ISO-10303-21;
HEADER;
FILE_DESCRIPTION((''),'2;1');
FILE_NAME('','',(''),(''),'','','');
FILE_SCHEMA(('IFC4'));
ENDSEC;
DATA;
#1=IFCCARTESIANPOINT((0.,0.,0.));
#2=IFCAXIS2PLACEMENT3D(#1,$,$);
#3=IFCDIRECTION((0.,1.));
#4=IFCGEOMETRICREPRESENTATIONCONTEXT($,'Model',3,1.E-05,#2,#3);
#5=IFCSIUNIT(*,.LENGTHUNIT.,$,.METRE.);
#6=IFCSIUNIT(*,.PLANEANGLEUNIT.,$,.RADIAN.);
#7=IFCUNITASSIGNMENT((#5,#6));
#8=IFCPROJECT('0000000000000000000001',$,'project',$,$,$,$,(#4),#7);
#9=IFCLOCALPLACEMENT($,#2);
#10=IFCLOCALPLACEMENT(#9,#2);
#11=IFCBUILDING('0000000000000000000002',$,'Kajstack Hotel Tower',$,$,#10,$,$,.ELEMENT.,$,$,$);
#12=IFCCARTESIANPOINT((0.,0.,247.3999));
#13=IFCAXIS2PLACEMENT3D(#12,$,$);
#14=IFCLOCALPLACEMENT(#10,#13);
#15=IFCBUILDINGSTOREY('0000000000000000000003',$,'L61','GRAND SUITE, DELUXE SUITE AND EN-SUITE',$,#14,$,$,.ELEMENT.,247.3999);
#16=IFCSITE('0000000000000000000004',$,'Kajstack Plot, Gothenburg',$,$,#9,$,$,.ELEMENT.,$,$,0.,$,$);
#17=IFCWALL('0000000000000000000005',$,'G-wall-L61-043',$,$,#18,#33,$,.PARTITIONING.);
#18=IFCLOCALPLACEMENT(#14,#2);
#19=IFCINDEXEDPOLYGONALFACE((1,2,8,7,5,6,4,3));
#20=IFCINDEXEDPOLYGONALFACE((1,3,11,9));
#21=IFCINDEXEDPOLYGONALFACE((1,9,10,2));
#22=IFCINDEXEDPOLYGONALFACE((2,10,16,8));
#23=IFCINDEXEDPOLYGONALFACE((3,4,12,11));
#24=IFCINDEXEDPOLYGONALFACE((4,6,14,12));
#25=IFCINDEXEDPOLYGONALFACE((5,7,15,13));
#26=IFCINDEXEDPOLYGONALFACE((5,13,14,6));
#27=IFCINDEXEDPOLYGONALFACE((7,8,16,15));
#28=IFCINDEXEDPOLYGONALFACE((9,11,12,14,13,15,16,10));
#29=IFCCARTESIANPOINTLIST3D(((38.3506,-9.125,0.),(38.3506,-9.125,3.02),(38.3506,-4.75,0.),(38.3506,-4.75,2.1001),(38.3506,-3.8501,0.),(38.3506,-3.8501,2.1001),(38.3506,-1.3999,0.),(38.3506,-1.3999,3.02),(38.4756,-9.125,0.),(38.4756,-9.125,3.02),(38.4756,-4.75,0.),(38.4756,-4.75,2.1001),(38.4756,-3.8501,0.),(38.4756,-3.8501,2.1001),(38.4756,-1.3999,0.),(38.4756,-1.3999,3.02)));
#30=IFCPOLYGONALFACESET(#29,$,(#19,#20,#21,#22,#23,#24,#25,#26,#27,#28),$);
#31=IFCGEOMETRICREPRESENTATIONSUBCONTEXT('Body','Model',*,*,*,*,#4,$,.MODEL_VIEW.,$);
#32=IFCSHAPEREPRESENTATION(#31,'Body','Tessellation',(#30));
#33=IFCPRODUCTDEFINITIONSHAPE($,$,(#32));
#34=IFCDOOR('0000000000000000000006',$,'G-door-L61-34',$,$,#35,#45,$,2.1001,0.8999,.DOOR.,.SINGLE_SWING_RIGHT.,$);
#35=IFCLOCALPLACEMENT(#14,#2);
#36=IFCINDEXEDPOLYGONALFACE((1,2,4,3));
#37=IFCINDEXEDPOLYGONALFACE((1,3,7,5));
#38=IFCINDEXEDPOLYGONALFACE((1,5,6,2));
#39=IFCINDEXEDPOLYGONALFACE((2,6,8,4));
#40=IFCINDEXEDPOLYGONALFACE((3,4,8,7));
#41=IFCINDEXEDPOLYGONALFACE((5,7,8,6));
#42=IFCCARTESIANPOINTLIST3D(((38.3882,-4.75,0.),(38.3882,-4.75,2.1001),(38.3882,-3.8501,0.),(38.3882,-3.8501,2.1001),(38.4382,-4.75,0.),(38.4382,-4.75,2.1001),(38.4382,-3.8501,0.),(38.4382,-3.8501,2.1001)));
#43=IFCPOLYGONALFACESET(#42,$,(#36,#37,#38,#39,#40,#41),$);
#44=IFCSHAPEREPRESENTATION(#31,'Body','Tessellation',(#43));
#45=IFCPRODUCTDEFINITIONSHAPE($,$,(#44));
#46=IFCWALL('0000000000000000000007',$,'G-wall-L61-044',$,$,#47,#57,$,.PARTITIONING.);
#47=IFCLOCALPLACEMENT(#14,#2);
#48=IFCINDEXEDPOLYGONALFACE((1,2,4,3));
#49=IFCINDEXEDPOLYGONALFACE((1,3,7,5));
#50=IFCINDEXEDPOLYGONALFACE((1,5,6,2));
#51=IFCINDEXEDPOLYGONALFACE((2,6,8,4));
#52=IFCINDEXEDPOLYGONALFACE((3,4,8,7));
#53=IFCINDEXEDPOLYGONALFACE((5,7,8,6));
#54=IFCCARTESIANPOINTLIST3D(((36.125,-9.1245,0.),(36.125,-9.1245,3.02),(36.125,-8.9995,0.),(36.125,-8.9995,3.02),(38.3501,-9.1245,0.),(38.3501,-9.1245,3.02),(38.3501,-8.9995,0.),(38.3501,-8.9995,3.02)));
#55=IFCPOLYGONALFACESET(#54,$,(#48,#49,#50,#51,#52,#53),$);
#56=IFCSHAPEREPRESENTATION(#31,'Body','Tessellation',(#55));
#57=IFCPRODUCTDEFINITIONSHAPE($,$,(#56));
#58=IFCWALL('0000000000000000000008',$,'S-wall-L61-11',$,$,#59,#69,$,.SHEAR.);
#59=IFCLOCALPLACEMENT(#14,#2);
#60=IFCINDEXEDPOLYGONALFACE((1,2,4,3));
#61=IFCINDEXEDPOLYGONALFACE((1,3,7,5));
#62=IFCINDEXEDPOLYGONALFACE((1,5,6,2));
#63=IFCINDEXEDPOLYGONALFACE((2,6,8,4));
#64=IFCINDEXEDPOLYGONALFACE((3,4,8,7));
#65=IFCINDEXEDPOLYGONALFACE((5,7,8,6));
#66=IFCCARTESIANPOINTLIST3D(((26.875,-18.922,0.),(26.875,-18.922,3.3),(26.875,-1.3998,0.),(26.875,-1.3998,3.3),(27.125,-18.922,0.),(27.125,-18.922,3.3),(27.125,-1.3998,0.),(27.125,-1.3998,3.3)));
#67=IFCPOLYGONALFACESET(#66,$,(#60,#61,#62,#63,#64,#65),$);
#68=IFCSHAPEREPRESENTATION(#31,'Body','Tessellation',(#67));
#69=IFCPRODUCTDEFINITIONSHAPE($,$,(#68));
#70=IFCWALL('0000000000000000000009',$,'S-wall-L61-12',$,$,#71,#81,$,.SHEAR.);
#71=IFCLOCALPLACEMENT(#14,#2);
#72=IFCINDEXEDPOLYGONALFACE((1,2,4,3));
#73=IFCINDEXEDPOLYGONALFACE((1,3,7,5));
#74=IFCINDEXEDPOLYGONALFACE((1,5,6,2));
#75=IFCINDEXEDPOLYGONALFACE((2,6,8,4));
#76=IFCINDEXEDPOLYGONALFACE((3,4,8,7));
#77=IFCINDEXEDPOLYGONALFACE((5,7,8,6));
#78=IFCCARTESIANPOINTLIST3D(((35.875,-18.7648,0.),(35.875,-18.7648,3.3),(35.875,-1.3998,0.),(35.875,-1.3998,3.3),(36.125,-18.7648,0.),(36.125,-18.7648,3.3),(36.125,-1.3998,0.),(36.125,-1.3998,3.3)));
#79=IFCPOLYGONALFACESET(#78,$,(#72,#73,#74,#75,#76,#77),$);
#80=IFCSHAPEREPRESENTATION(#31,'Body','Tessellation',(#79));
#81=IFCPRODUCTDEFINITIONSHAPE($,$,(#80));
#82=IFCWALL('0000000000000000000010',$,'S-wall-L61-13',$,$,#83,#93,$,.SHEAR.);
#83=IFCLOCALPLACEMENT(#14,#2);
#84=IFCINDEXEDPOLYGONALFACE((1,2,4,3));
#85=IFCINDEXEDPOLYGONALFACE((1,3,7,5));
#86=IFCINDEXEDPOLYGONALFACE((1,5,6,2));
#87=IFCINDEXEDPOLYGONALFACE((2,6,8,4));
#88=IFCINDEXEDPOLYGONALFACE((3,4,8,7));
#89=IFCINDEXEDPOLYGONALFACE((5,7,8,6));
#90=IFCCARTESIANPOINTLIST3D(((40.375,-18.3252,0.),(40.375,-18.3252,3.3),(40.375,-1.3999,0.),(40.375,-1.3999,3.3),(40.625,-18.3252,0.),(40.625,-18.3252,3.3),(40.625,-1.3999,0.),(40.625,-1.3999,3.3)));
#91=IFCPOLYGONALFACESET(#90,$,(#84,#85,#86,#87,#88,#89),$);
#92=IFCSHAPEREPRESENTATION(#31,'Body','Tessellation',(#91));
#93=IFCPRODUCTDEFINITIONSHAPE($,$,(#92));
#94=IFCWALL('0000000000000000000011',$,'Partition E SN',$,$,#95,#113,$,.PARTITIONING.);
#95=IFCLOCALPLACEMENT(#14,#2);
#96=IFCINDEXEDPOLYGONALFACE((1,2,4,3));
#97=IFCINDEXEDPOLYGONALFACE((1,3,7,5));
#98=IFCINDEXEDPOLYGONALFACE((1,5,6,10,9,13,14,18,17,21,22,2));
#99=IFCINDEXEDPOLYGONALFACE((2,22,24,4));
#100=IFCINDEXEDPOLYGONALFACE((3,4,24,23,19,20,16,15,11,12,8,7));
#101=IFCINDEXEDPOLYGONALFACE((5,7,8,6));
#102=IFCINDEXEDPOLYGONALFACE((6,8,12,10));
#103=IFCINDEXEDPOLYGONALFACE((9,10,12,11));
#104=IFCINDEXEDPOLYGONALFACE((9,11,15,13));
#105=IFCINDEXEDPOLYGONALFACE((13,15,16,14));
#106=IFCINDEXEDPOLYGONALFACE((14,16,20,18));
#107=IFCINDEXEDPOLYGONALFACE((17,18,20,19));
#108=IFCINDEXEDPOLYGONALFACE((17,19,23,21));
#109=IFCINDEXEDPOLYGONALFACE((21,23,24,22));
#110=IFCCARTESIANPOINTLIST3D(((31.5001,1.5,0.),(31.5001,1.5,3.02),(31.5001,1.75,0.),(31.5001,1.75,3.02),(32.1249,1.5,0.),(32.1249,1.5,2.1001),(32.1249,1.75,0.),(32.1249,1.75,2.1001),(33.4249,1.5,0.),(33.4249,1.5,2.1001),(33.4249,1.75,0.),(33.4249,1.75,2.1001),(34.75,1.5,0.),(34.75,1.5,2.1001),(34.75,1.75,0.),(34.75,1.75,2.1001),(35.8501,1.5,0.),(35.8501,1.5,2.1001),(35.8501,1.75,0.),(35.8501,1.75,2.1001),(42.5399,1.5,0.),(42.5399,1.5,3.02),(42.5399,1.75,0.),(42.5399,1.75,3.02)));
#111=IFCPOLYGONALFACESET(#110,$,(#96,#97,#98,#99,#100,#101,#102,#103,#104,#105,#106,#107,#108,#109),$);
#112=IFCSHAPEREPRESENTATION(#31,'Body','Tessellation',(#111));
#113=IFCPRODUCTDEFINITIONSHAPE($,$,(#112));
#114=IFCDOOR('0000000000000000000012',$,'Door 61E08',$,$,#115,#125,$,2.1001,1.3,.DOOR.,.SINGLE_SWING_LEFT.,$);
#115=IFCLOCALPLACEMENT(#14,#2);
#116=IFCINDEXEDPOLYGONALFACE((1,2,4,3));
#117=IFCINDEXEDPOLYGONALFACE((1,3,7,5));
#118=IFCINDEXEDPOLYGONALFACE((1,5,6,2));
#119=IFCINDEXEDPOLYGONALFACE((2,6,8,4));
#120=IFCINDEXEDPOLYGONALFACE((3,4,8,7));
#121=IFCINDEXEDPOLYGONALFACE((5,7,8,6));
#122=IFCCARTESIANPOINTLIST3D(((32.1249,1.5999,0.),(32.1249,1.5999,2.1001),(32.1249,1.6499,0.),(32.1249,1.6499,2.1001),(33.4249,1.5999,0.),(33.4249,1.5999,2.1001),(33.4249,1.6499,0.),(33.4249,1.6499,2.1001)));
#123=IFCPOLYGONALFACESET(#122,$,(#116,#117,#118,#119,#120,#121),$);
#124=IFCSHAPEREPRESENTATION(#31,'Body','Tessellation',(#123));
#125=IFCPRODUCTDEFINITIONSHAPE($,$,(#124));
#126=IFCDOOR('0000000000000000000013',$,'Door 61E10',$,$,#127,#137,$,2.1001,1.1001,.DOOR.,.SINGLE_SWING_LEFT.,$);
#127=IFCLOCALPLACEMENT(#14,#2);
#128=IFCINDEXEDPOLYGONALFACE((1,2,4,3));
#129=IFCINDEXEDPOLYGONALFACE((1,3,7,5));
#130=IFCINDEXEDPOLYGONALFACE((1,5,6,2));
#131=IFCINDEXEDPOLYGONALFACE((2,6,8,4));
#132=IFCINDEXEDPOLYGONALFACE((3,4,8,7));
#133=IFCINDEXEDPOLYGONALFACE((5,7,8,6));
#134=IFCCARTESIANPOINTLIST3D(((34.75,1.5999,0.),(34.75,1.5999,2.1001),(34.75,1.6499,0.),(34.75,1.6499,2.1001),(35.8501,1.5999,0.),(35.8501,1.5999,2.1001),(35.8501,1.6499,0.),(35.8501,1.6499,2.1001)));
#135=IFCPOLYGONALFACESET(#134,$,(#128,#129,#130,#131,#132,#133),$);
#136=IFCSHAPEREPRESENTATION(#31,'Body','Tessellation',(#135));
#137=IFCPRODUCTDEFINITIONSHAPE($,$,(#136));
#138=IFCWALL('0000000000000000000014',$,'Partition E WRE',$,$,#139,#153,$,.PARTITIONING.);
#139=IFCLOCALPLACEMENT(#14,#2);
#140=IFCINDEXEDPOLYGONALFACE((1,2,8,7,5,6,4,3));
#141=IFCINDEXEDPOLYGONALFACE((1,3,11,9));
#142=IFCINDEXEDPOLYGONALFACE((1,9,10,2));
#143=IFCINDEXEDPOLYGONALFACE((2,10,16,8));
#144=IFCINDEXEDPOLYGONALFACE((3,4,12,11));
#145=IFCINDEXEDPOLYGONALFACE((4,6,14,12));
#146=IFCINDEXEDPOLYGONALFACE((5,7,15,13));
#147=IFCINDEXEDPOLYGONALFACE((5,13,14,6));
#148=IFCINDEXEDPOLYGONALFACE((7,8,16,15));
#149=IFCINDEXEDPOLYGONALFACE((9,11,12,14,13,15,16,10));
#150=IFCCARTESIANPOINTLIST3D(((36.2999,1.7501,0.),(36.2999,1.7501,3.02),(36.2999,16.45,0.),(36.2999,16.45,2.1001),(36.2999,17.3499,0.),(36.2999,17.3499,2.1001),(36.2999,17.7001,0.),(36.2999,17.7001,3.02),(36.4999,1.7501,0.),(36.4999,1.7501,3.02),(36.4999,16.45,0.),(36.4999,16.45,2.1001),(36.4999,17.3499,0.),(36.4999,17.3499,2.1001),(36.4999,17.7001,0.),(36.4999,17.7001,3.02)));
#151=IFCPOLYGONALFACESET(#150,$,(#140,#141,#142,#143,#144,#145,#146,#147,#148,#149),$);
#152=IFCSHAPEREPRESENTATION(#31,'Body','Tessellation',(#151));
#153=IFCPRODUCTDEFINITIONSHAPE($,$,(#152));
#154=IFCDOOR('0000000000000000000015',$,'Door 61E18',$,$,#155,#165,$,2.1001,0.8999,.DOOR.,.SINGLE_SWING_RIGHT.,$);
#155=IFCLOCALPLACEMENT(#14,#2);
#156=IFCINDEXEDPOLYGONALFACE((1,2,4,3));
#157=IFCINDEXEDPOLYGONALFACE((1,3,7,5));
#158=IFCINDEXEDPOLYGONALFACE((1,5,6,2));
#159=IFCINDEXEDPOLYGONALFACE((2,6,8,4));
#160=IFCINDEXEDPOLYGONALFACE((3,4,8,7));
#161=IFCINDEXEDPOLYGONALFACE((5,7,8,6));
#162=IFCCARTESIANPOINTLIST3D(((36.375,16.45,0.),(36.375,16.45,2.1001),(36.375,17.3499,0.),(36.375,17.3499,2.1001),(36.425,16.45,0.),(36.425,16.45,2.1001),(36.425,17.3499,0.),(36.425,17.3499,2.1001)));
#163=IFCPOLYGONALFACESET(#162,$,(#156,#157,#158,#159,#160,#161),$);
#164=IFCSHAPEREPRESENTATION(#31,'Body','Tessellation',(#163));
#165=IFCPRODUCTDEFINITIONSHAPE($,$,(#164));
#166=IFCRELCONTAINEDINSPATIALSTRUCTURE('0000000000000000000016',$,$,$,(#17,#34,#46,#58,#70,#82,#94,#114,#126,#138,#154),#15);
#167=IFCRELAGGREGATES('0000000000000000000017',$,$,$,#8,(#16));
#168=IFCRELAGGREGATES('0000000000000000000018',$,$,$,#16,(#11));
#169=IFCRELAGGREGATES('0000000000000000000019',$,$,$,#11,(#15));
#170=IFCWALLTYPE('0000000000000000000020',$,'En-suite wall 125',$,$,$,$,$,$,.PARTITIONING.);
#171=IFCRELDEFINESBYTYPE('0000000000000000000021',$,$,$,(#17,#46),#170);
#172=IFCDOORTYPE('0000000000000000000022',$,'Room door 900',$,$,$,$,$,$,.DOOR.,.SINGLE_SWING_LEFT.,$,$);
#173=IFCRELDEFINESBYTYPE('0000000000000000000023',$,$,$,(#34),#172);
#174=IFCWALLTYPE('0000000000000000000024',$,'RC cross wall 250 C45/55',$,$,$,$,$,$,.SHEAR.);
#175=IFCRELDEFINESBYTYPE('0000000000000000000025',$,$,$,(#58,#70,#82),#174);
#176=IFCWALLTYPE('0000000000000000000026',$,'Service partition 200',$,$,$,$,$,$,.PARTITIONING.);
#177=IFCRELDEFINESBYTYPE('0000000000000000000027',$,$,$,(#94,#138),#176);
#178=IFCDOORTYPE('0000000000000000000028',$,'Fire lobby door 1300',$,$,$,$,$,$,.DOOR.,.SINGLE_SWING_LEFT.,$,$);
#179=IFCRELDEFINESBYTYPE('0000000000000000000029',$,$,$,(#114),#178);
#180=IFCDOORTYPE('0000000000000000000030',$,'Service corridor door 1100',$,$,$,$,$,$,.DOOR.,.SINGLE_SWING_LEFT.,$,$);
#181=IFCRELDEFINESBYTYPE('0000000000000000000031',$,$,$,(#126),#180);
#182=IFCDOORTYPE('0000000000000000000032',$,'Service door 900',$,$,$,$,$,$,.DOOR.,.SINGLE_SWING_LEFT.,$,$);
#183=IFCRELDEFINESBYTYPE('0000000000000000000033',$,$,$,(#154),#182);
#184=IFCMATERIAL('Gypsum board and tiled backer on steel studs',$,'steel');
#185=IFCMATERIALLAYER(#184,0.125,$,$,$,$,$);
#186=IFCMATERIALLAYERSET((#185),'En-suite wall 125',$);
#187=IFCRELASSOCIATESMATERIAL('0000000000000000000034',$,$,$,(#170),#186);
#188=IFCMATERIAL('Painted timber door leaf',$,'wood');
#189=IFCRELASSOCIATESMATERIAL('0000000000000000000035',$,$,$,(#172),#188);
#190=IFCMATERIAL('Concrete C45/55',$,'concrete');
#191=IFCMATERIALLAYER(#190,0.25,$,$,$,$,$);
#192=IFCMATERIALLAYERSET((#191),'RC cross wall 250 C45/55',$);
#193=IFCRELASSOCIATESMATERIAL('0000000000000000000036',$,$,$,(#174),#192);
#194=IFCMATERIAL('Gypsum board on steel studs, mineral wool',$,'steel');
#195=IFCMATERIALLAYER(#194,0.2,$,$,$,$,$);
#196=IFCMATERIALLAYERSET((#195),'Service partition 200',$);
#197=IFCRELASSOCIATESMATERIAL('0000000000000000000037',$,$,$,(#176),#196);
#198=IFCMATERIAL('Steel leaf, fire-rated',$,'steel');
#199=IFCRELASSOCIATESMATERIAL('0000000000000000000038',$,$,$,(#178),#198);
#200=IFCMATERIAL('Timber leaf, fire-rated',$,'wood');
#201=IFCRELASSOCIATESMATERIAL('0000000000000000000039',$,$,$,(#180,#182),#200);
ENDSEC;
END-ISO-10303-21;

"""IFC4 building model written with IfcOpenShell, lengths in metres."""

from ifc_helpers import new_model, si_unit, direction, frame, frame_2d, origin, place, context, subcontext, project, spatial, rectangle, extrude, material, layer, layer_set, type_object, element, fill, save


model = new_model("IFC4")

# Units and contexts
model_context = context("Model", 3, precision=1e-05, world=origin(), true_north=direction((0.0, 1.0)))
body_context = subcontext(model_context, "Body", "Model", "MODEL_VIEW")
ifc_project = project(units=[si_unit("LENGTHUNIT", "METRE"), si_unit("PLANEANGLEUNIT", "RADIAN")], contexts=[model_context])

# Site, building, storey
site_placement = place(None, origin())
site = spatial("IfcSite", under=ifc_project, at=site_placement, Name="Kajstack Plot, Gothenburg", CompositionType="ELEMENT", RefElevation=0.0)
building_placement = place(site_placement, origin())
building = spatial("IfcBuilding", under=site, at=building_placement, Name="Kajstack Hotel Tower", CompositionType="ELEMENT")
storey_placement = place(building_placement, frame((0.0, 0.0, 247.3999)))
storey = spatial("IfcBuildingStorey", under=building, at=storey_placement, Name="L61", Description="GRAND SUITE, DELUXE SUITE AND EN-SUITE", CompositionType="ELEMENT", Elevation=247.3999)

# Shared definitions
ifc_material_1 = material(Name="Gypsum board and tiled backer on steel studs", Category="steel")
ifc_layer_1 = layer(ifc_material_1, 0.125)
ifc_layer_set_1 = layer_set([ifc_layer_1], Name="En-suite wall 125")
wall_type_1 = type_object("IfcWallType", Name="En-suite wall 125", PredefinedType="PARTITIONING", material=ifc_layer_set_1)
ifc_material_2 = material(Name="Painted timber door leaf", Category="wood")
door_type_1 = type_object("IfcDoorType", Name="Room door 900", OperationType="SINGLE_SWING_LEFT", PredefinedType="DOOR", material=ifc_material_2)

# Wall, opening, door
wall_1_placement = place(storey_placement, frame((38.4131, -9.125, 0.0), z_axis=(0.0, 0.0, 1.0), x_axis=(0.0, 1.0, 0.0)))
wall_1 = element("IfcWall", 1, at=wall_1_placement, inside=storey, type_object=wall_type_1, Name="G-wall-L61-043", PredefinedType="PARTITIONING", context=body_context, shape_type="SweptSolid", body=[
    extrude(rectangle(XDim=7.7251, YDim=0.125, at=frame_2d((3.8625, 0.0))), origin(), (0.0, 0.0, 1.0), 3.02),
])
opening_1_placement = place(wall_1_placement, frame((4.375, 0.0, 0.0)))
opening_1 = element("IfcOpeningElement", 2, at=opening_1_placement, cuts=wall_1, PredefinedType="OPENING", context=body_context, shape_type="SweptSolid", body=[
    extrude(rectangle(XDim=0.8999, YDim=2.1001, at=frame_2d((0.45, 1.05))), frame((0.0, 0.0725, 0.0), z_axis=(0.0, -1.0, 0.0), x_axis=(1.0, 0.0, 0.0)), (0.0, 0.0, 1.0), 0.145),
])
door_1_placement = place(opening_1_placement, origin())
door_1 = element("IfcDoor", 3, at=door_1_placement, inside=storey, type_object=door_type_1, Name="G-door-L61-34", OperationType="SINGLE_SWING_RIGHT", OverallHeight=2.1001, OverallWidth=0.8999, PredefinedType="DOOR", context=body_context, shape_type="SweptSolid", body=[
    extrude(rectangle(XDim=0.8999, YDim=2.1001, at=frame_2d((0.45, 1.05))), frame((0.0, 0.0249, 0.0), z_axis=(0.0, -1.0, 0.0), x_axis=(1.0, 0.0, 0.0)), (0.0, 0.0, 1.0), 0.05),
])
fill(opening_1, door_1)

# Walls
wall_2_placement = place(storey_placement, frame((36.125, -9.062, 0.0), z_axis=(0.0, 0.0, 1.0), x_axis=(1.0, 0.0, 0.0)))
element("IfcWall", 4, at=wall_2_placement, inside=storey, type_object=wall_type_1, Name="G-wall-L61-044", PredefinedType="PARTITIONING", context=body_context, shape_type="SweptSolid", body=[
    extrude(rectangle(XDim=2.2251, YDim=0.125, at=frame_2d((1.1125, 0.0))), origin(), (0.0, 0.0, 1.0), 3.02),
])
ifc_material_3 = material(Name="Concrete C45/55", Category="concrete")
ifc_layer_2 = layer(ifc_material_3, 0.25)
ifc_layer_set_2 = layer_set([ifc_layer_2], Name="RC cross wall 250 C45/55")
wall_type_2 = type_object("IfcWallType", Name="RC cross wall 250 C45/55", PredefinedType="SHEAR", material=ifc_layer_set_2)
wall_3_placement = place(storey_placement, frame((27.0, -18.9221, 0.0), z_axis=(0.0, 0.0, 1.0), x_axis=(0.0, 1.0, 0.0)))
element("IfcWall", 5, at=wall_3_placement, inside=storey, type_object=wall_type_2, Name="S-wall-L61-11", PredefinedType="SHEAR", context=body_context, shape_type="SweptSolid", body=[
    extrude(rectangle(XDim=17.5222, YDim=0.25, at=frame_2d((8.7612, 0.0))), origin(), (0.0, 0.0, 1.0), 3.3),
])
wall_4_placement = place(storey_placement, frame((36.0, -18.7649, 0.0), z_axis=(0.0, 0.0, 1.0), x_axis=(0.0, 1.0, 0.0)))
element("IfcWall", 6, at=wall_4_placement, inside=storey, type_object=wall_type_2, Name="S-wall-L61-12", PredefinedType="SHEAR", context=body_context, shape_type="SweptSolid", body=[
    extrude(rectangle(XDim=17.365, YDim=0.25, at=frame_2d((8.6826, 0.0))), origin(), (0.0, 0.0, 1.0), 3.3),
])
wall_5_placement = place(storey_placement, frame((40.5, -18.3252, 0.0), z_axis=(0.0, 0.0, 1.0), x_axis=(0.0, 1.0, 0.0)))
element("IfcWall", 7, at=wall_5_placement, inside=storey, type_object=wall_type_2, Name="S-wall-L61-13", PredefinedType="SHEAR", context=body_context, shape_type="SweptSolid", body=[
    extrude(rectangle(XDim=16.9253, YDim=0.25, at=frame_2d((8.4626, 0.0))), origin(), (0.0, 0.0, 1.0), 3.3),
])

# Wall, openings, doors
ifc_material_4 = material(Name="Gypsum board on steel studs, mineral wool", Category="steel")
ifc_layer_3 = layer(ifc_material_4, 0.2)
ifc_layer_set_3 = layer_set([ifc_layer_3], Name="Service partition 200")
wall_type_3 = type_object("IfcWallType", Name="Service partition 200", PredefinedType="PARTITIONING", material=ifc_layer_set_3)
wall_6_placement = place(storey_placement, frame((31.5, 1.625, 0.0), z_axis=(0.0, 0.0, 1.0), x_axis=(1.0, 0.0, 0.0)))
wall_6 = element("IfcWall", 8, at=wall_6_placement, inside=storey, type_object=wall_type_3, Name="Partition E SN", PredefinedType="PARTITIONING", context=body_context, shape_type="SweptSolid", body=[
    extrude(rectangle(XDim=11.0398, YDim=0.25, at=frame_2d((5.52, 0.0))), origin(), (0.0, 0.0, 1.0), 3.02),
])
opening_2_placement = place(wall_6_placement, frame((0.625, 0.0, 0.0)))
opening_2 = element("IfcOpeningElement", 9, at=opening_2_placement, cuts=wall_6, PredefinedType="OPENING", context=body_context, shape_type="SweptSolid", body=[
    extrude(rectangle(XDim=1.3, YDim=2.1001, at=frame_2d((0.6499, 1.05))), frame((0.0, 0.135, 0.0), z_axis=(0.0, -1.0, 0.0), x_axis=(1.0, 0.0, 0.0)), (0.0, 0.0, 1.0), 0.27),
])
opening_3_placement = place(wall_6_placement, frame((3.25, 0.0, 0.0)))
opening_3 = element("IfcOpeningElement", 10, at=opening_3_placement, cuts=wall_6, PredefinedType="OPENING", context=body_context, shape_type="SweptSolid", body=[
    extrude(rectangle(XDim=1.1001, YDim=2.1001, at=frame_2d((0.55, 1.05))), frame((0.0, 0.135, 0.0), z_axis=(0.0, -1.0, 0.0), x_axis=(1.0, 0.0, 0.0)), (0.0, 0.0, 1.0), 0.27),
])
ifc_material_5 = material(Name="Steel leaf, fire-rated", Category="steel")
door_type_2 = type_object("IfcDoorType", Name="Fire lobby door 1300", OperationType="SINGLE_SWING_LEFT", PredefinedType="DOOR", material=ifc_material_5)
door_2_placement = place(opening_2_placement, origin())
door_2 = element("IfcDoor", 11, at=door_2_placement, inside=storey, type_object=door_type_2, Name="Door 61E08", OperationType="SINGLE_SWING_LEFT", OverallHeight=2.1001, OverallWidth=1.3, PredefinedType="DOOR", context=body_context, shape_type="SweptSolid", body=[
    extrude(rectangle(XDim=1.3, YDim=2.1001, at=frame_2d((0.6499, 1.05))), frame((0.0, 0.0249, 0.0), z_axis=(0.0, -1.0, 0.0), x_axis=(1.0, 0.0, 0.0)), (0.0, 0.0, 1.0), 0.05),
])
fill(opening_2, door_2)
ifc_material_6 = material(Name="Timber leaf, fire-rated", Category="wood")
door_type_3 = type_object("IfcDoorType", Name="Service corridor door 1100", OperationType="SINGLE_SWING_LEFT", PredefinedType="DOOR", material=ifc_material_6)
door_3_placement = place(opening_3_placement, origin())
door_3 = element("IfcDoor", 12, at=door_3_placement, inside=storey, type_object=door_type_3, Name="Door 61E10", OperationType="SINGLE_SWING_LEFT", OverallHeight=2.1001, OverallWidth=1.1001, PredefinedType="DOOR", context=body_context, shape_type="SweptSolid", body=[
    extrude(rectangle(XDim=1.1001, YDim=2.1001, at=frame_2d((0.55, 1.05))), frame((0.0, 0.0249, 0.0), z_axis=(0.0, -1.0, 0.0), x_axis=(1.0, 0.0, 0.0)), (0.0, 0.0, 1.0), 0.05),
])
fill(opening_3, door_3)

# Wall, opening, door
wall_7_placement = place(storey_placement, frame((36.3999, 1.75, 0.0), z_axis=(0.0, 0.0, 1.0), x_axis=(0.0, 1.0, 0.0)))
wall_7 = element("IfcWall", 13, at=wall_7_placement, inside=storey, type_object=wall_type_3, Name="Partition E WRE", PredefinedType="PARTITIONING", context=body_context, shape_type="SweptSolid", body=[
    extrude(rectangle(XDim=15.95, YDim=0.2, at=frame_2d((7.9751, 0.0))), origin(), (0.0, 0.0, 1.0), 3.02),
])
opening_4_placement = place(wall_7_placement, frame((14.7, 0.0, 0.0)))
opening_4 = element("IfcOpeningElement", 14, at=opening_4_placement, cuts=wall_7, PredefinedType="OPENING", context=body_context, shape_type="SweptSolid", body=[
    extrude(rectangle(XDim=0.8999, YDim=2.1001, at=frame_2d((0.45, 1.05))), frame((0.0, 0.1099, 0.0), z_axis=(0.0, -1.0, 0.0), x_axis=(1.0, 0.0, 0.0)), (0.0, 0.0, 1.0), 0.22),
])
door_type_4 = type_object("IfcDoorType", Name="Service door 900", OperationType="SINGLE_SWING_LEFT", PredefinedType="DOOR", material=ifc_material_6)
door_4_placement = place(opening_4_placement, origin())
door_4 = element("IfcDoor", 15, at=door_4_placement, inside=storey, type_object=door_type_4, Name="Door 61E18", OperationType="SINGLE_SWING_RIGHT", OverallHeight=2.1001, OverallWidth=0.8999, PredefinedType="DOOR", context=body_context, shape_type="SweptSolid", body=[
    extrude(rectangle(XDim=0.8999, YDim=2.1001, at=frame_2d((0.45, 1.05))), frame((0.0, 0.0249, 0.0), z_axis=(0.0, -1.0, 0.0), x_axis=(1.0, 0.0, 0.0)), (0.0, 0.0, 1.0), 0.05),
])
fill(opening_4, door_4)

save(model, "model.ifc")
